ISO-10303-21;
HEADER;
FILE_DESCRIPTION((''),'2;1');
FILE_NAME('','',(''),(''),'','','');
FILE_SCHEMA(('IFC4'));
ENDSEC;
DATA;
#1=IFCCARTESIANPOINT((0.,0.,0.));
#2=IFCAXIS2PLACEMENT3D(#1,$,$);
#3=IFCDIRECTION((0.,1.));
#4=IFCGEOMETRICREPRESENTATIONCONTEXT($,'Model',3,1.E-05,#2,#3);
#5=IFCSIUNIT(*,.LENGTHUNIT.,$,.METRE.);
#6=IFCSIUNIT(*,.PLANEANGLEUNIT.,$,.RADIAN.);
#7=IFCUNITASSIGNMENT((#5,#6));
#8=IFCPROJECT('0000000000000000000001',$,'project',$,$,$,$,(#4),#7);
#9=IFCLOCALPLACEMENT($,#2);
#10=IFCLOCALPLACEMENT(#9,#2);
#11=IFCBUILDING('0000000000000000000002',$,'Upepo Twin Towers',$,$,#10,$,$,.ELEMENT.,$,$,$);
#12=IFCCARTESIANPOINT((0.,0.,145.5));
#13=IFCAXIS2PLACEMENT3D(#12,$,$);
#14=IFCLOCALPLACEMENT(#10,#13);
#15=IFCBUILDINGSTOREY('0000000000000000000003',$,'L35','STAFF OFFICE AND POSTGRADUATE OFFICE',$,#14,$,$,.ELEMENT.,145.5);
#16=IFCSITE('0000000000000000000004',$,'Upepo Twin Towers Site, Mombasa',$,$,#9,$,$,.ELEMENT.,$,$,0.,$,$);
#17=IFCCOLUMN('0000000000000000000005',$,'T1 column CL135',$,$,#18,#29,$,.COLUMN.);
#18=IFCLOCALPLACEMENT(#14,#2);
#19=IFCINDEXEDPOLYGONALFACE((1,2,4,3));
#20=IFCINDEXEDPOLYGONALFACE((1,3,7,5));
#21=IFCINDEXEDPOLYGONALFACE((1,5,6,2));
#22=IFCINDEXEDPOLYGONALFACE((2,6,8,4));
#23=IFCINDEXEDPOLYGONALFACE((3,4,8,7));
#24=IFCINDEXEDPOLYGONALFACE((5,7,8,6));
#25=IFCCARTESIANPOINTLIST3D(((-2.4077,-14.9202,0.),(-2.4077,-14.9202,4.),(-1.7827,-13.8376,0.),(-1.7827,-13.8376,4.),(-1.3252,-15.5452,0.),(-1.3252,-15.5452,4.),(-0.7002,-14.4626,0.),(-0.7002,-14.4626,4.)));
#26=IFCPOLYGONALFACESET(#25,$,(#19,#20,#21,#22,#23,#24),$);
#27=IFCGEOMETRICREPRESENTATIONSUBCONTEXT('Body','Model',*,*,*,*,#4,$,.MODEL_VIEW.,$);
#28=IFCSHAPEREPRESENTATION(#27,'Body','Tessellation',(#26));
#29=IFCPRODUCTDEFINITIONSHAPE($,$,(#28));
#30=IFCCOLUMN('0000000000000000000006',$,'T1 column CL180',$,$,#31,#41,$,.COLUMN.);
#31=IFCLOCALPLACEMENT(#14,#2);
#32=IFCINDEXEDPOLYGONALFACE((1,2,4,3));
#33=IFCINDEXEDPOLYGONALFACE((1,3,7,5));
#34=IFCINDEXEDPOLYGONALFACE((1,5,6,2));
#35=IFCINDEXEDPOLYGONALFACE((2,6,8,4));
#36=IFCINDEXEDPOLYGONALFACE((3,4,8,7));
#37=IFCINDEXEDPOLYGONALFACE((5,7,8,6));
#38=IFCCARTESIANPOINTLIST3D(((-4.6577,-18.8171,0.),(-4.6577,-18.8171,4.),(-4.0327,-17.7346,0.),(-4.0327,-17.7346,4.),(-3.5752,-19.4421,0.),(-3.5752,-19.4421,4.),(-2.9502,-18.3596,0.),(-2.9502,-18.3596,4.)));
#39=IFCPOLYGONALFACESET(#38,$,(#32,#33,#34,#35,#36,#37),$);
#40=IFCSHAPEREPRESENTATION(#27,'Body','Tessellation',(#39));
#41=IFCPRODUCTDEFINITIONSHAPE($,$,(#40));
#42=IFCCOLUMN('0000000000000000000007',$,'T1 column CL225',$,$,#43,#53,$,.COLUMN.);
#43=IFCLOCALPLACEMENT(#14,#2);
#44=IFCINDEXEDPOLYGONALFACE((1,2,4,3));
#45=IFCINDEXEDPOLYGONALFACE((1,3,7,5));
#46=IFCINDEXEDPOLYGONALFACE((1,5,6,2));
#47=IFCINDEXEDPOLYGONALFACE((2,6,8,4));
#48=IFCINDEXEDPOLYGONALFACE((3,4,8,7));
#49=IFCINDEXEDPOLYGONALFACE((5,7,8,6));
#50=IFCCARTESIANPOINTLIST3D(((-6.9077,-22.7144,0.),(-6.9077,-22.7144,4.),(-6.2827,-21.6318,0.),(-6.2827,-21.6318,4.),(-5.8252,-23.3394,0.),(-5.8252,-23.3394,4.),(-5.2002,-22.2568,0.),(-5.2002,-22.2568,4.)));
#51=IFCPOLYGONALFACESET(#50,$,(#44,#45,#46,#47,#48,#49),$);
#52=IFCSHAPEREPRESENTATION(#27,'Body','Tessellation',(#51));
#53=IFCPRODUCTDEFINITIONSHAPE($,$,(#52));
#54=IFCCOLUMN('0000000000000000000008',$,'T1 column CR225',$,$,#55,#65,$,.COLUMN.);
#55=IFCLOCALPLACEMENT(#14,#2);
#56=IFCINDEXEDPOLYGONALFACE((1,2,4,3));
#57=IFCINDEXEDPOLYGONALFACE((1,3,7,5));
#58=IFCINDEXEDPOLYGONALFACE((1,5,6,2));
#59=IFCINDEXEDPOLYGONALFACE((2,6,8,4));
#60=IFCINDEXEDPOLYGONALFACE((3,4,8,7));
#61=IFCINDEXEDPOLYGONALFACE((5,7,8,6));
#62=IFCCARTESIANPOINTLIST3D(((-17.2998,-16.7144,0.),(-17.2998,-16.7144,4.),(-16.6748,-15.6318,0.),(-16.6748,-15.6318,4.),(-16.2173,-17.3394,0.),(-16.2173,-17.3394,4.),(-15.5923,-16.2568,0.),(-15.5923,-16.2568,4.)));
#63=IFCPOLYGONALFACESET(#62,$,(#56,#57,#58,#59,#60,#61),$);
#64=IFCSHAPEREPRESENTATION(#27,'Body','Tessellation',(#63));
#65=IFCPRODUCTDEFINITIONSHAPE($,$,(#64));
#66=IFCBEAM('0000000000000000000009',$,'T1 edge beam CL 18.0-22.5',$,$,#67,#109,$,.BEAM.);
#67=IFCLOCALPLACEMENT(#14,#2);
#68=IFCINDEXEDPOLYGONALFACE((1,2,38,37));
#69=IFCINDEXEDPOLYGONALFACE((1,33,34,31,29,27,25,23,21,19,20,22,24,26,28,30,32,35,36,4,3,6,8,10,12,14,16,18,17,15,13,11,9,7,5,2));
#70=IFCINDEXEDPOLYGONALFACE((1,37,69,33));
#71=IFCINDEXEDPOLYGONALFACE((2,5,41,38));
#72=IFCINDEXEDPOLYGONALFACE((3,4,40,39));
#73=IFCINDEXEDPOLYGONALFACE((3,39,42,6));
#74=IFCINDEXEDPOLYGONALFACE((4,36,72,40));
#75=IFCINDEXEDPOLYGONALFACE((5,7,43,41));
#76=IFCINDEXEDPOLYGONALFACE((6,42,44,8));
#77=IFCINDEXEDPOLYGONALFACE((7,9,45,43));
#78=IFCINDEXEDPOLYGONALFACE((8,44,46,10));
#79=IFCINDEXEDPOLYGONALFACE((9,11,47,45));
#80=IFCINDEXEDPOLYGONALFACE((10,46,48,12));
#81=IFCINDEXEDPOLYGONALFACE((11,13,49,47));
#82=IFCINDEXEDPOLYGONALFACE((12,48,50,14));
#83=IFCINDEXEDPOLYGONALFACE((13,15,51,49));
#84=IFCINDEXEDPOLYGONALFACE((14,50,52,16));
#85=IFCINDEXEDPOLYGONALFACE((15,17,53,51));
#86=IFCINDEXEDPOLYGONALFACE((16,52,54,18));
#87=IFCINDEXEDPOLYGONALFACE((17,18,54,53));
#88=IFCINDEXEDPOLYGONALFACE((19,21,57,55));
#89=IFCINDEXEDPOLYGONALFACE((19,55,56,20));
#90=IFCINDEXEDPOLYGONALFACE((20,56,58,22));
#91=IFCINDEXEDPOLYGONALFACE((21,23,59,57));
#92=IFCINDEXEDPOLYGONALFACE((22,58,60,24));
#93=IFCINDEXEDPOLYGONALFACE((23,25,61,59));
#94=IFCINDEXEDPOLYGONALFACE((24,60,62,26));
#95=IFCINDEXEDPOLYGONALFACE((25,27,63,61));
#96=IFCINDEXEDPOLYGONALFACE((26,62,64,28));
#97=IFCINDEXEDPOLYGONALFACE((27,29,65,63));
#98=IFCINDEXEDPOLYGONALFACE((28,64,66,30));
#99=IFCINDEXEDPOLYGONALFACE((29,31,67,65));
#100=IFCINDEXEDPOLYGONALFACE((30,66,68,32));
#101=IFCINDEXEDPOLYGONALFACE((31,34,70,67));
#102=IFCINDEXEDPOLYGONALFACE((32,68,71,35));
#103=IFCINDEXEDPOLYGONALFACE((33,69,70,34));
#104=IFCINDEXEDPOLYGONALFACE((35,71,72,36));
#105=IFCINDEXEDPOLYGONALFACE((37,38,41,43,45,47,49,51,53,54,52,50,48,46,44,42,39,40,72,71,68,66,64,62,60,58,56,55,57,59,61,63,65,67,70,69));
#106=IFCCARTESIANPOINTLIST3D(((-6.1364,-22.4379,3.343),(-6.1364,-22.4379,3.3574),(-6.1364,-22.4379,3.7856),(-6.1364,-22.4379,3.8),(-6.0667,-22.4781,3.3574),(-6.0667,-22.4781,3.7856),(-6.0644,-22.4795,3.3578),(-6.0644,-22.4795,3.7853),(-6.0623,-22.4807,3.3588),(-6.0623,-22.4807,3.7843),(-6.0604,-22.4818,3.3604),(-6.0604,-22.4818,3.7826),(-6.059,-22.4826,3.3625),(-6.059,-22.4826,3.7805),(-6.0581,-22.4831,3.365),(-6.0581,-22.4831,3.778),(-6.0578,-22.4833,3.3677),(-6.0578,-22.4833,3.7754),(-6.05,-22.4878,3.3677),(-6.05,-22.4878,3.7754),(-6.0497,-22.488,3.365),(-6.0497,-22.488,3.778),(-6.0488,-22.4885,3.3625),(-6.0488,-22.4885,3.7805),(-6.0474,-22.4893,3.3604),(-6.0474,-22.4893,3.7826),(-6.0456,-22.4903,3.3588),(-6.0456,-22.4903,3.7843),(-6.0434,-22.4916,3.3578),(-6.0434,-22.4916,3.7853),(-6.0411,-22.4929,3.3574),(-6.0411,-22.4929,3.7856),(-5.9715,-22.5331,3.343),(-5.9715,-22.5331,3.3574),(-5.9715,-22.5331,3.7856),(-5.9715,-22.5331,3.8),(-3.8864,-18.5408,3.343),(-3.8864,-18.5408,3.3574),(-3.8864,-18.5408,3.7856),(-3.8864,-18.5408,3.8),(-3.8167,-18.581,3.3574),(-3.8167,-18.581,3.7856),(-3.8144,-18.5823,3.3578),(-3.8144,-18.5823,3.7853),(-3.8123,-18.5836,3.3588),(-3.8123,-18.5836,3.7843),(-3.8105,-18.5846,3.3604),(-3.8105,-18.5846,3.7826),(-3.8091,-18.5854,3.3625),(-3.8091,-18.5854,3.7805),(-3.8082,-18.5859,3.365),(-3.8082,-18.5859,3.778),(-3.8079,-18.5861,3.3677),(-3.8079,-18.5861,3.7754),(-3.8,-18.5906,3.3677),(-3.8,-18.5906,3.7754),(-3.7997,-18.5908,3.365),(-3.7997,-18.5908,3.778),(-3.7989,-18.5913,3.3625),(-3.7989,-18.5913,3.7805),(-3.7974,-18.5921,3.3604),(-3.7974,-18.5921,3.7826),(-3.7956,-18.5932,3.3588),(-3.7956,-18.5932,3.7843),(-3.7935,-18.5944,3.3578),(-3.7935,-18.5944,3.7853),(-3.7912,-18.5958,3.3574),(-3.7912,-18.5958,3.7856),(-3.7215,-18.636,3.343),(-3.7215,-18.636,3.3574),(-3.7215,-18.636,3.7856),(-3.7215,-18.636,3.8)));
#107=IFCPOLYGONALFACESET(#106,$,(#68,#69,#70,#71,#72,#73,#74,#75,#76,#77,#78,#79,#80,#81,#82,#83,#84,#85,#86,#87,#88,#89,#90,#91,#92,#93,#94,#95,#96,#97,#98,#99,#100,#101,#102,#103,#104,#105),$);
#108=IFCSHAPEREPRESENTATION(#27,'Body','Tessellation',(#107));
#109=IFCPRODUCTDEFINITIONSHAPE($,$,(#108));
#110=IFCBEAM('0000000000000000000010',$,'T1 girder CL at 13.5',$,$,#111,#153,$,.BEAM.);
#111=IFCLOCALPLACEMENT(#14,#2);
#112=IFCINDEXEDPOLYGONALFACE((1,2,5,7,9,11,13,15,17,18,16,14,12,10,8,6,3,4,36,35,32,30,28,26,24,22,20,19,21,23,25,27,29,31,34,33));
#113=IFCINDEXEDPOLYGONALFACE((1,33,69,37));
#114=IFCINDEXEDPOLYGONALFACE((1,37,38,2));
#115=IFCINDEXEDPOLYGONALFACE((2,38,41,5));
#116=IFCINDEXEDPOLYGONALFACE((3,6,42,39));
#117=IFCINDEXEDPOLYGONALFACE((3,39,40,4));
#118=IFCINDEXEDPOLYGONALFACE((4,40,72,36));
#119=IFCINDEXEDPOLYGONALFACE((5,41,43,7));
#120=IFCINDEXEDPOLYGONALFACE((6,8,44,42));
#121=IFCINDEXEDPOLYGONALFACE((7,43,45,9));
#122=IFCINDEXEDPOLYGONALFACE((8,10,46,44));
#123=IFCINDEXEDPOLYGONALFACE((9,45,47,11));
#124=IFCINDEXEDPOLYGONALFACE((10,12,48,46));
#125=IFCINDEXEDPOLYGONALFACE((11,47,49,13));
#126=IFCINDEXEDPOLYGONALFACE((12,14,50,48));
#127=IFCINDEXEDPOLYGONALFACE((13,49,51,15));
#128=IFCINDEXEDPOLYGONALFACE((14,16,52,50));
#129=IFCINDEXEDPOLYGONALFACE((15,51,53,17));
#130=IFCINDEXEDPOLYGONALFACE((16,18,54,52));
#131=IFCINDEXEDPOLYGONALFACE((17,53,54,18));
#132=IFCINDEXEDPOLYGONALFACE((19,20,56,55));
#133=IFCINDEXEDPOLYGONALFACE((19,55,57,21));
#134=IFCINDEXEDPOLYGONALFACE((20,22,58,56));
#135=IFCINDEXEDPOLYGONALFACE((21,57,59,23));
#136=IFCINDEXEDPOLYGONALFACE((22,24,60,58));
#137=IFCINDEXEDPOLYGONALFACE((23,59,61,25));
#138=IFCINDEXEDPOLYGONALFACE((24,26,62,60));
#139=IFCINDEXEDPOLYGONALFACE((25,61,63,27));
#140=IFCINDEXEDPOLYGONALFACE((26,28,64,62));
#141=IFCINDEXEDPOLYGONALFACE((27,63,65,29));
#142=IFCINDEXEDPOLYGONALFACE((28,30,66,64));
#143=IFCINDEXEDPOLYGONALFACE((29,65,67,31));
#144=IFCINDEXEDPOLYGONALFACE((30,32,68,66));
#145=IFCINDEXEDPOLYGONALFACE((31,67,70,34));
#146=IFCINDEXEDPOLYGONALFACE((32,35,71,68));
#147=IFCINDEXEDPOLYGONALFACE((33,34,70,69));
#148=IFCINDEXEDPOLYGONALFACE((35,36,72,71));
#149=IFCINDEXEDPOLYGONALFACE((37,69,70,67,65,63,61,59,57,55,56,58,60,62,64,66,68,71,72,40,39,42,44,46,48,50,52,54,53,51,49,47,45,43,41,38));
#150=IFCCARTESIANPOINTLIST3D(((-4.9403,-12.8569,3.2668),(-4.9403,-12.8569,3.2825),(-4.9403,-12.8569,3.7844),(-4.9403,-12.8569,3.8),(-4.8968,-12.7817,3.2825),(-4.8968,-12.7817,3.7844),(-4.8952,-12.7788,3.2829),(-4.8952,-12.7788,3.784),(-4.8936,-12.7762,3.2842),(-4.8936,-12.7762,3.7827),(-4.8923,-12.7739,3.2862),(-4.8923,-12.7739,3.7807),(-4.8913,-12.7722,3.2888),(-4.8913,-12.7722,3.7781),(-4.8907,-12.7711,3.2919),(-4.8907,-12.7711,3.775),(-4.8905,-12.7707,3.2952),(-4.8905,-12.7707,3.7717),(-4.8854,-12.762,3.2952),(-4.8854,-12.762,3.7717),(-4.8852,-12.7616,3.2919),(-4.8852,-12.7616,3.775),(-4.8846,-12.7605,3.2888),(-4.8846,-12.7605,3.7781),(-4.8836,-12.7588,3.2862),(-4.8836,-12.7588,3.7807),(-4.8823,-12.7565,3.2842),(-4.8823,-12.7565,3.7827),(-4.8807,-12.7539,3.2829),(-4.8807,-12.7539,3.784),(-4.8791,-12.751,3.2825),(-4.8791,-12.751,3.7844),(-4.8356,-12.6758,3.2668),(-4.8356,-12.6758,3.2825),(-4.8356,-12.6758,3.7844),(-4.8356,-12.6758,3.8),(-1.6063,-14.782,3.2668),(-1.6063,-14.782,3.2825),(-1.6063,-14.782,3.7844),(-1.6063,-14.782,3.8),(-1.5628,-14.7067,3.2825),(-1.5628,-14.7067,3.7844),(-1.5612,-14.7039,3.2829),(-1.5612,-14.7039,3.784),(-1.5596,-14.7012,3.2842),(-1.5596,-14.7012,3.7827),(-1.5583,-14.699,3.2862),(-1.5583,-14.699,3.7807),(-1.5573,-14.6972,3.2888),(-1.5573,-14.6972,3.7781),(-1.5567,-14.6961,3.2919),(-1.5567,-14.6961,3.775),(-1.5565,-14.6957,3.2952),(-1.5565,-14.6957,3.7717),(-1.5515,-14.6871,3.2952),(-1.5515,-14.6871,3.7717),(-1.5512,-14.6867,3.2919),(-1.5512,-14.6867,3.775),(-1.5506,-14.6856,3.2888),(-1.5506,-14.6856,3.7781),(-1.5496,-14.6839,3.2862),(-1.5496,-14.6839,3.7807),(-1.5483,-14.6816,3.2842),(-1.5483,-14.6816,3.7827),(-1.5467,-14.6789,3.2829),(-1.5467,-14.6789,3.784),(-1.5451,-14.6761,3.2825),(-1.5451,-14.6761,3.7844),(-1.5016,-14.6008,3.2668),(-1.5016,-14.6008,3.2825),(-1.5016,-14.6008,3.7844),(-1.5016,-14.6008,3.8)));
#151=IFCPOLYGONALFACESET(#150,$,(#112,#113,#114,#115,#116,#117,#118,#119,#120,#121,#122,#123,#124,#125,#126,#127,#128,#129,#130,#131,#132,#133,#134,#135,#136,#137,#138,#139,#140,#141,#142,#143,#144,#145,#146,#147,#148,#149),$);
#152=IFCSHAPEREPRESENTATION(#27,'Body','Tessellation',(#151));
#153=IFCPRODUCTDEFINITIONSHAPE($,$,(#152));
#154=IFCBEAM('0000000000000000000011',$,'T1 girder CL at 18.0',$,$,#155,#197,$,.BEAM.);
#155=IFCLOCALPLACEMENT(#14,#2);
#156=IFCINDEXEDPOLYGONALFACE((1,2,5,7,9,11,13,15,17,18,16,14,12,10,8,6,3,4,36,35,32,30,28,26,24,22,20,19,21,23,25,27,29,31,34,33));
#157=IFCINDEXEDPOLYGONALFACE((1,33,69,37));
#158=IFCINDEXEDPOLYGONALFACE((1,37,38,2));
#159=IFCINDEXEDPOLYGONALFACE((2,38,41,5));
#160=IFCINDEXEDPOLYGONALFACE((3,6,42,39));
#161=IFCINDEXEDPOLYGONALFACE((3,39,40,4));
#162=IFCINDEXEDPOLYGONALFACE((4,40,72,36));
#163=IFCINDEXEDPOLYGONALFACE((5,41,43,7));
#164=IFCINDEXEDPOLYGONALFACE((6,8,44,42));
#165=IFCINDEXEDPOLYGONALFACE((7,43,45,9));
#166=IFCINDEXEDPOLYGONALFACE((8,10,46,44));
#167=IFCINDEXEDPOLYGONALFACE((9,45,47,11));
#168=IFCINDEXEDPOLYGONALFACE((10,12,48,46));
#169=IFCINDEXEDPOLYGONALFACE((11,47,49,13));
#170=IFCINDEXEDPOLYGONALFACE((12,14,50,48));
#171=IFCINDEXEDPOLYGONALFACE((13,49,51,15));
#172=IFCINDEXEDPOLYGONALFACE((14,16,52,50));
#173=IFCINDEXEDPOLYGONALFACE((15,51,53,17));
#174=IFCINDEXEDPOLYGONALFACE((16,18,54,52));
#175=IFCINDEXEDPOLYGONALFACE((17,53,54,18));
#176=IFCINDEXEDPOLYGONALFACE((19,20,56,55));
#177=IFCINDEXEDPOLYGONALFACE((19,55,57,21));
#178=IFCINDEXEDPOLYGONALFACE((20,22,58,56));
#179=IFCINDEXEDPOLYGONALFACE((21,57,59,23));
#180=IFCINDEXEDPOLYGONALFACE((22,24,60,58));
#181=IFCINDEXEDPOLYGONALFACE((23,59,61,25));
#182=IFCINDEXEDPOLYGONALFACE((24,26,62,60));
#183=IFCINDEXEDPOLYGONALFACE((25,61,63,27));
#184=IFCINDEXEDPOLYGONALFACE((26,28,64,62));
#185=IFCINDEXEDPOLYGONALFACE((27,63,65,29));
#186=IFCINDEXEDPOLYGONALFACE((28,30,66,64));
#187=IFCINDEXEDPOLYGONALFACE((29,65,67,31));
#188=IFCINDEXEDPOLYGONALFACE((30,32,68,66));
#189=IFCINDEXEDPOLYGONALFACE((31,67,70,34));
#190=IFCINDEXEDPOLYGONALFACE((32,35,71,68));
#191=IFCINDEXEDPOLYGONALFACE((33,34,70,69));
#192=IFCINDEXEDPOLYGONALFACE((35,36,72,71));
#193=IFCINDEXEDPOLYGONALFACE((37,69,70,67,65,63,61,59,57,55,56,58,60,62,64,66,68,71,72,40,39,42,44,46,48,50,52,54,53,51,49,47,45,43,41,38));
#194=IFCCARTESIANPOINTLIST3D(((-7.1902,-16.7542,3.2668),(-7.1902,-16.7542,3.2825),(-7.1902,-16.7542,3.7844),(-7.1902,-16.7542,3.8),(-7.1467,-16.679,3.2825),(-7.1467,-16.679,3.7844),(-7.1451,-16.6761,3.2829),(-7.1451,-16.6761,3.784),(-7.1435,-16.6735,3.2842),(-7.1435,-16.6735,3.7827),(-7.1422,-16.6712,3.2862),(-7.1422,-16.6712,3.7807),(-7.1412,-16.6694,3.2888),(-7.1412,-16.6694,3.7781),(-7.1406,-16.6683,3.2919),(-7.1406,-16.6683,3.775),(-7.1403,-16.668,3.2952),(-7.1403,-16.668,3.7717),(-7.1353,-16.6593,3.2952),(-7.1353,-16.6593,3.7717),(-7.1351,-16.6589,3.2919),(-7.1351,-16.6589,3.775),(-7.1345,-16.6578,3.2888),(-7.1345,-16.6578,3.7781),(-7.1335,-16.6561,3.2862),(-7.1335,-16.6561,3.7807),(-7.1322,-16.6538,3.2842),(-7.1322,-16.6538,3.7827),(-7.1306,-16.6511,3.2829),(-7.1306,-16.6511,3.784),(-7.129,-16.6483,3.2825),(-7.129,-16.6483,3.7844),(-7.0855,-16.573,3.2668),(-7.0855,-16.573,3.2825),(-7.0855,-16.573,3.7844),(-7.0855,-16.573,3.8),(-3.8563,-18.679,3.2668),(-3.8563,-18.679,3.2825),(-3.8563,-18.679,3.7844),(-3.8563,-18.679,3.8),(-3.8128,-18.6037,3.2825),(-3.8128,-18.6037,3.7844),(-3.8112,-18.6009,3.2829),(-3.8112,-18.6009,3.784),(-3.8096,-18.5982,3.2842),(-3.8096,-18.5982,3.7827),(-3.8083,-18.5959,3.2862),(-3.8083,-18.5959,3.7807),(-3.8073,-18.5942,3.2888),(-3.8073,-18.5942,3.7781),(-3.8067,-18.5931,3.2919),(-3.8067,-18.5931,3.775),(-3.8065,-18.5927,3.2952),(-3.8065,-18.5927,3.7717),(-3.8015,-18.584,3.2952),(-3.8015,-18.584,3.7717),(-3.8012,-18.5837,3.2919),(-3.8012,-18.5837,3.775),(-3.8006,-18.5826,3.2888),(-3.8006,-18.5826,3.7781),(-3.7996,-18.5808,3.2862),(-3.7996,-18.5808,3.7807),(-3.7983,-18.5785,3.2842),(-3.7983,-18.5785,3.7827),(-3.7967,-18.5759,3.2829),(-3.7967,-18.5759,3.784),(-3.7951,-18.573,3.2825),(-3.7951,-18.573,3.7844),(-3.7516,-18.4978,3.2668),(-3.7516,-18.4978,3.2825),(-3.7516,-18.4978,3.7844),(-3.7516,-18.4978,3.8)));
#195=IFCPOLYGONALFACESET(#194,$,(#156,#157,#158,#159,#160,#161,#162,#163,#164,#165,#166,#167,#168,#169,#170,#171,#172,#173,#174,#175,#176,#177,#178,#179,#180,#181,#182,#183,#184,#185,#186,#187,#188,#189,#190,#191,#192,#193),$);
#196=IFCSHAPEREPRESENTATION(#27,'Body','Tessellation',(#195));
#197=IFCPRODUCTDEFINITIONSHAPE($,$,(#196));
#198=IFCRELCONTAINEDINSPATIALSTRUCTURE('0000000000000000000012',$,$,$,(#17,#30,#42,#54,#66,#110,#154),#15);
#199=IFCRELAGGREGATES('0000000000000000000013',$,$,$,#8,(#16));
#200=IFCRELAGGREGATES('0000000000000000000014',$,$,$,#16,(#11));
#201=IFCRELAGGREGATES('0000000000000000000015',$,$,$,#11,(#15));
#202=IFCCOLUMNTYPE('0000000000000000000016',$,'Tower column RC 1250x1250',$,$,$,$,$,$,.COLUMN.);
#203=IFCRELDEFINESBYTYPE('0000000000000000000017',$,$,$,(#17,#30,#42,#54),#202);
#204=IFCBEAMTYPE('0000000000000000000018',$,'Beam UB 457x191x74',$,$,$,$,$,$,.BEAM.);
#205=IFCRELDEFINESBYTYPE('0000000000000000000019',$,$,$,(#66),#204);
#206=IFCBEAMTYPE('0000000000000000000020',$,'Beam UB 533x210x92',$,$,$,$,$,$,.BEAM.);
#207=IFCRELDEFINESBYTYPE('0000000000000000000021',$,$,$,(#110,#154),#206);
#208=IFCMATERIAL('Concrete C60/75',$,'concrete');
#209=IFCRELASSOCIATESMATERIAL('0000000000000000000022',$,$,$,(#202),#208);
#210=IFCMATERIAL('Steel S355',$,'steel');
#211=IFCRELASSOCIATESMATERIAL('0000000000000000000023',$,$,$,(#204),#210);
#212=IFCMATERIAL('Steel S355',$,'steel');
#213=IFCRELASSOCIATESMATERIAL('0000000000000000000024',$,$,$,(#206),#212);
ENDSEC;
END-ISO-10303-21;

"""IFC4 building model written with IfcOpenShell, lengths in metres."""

from ifc_helpers import new_model, si_unit, direction, frame, origin, origin_2d, place, context, subcontext, project, spatial, rectangle, i_section, extrude, material, material_profile, profile_set, type_object, element, save


model = new_model("IFC4")

# Units and contexts
model_context = context("Model", 3, precision=1e-05, world=origin(), true_north=direction((0.0, 1.0)))
body_context = subcontext(model_context, "Body", "Model", "MODEL_VIEW")
ifc_project = project(units=[si_unit("LENGTHUNIT", "METRE"), si_unit("PLANEANGLEUNIT", "RADIAN")], contexts=[model_context])

# Site, building, storey
site_placement = place(None, origin())
site = spatial("IfcSite", under=ifc_project, at=site_placement, Name="Upepo Twin Towers Site, Mombasa", CompositionType="ELEMENT", RefElevation=0.0)
building_placement = place(site_placement, origin())
building = spatial("IfcBuilding", under=site, at=building_placement, Name="Upepo Twin Towers", CompositionType="ELEMENT")
storey_placement = place(building_placement, frame((0.0, 0.0, 145.5)))
storey = spatial("IfcBuildingStorey", under=building, at=storey_placement, Name="L35", Description="STAFF OFFICE AND POSTGRADUATE OFFICE", CompositionType="ELEMENT", Elevation=145.5)

# Columns
ifc_material_1 = material(Name="Concrete C60/75", Category="concrete")
ifc_material_profile_1 = material_profile(ifc_material_1, rectangle(XDim=1.25, YDim=1.25, at=origin_2d()), Name="RC 1250x1250")
ifc_profile_set_1 = profile_set([ifc_material_profile_1], Name="Concrete C60/75")
column_type = type_object("IfcColumnType", Name="Tower column RC 1250x1250", PredefinedType="COLUMN", material=ifc_profile_set_1)
for number, where, z_axis, x_axis, name in (
    (1, (-1.554, -14.6914, 0.0), (0.0, 0.0, 1.0), (0.5, 0.866025, 0.0), "T1 column CL135"),
    (2, (-3.804, -18.5884, 0.0), (0.0, 0.0, 1.0), (0.5, 0.866025, 0.0), "T1 column CL180"),
    (3, (-6.054, -22.4856, 0.0), (0.0, 0.0, 1.0), (0.5, 0.866025, 0.0), "T1 column CL225"),
    (4, (-16.446, -16.4856, 0.0), (0.0, 0.0, 1.0), (0.5, 0.866025, 0.0), "T1 column CR225"),
):
    element("IfcColumn", number, at=place(storey_placement, frame(where, z_axis=z_axis, x_axis=x_axis)), inside=storey, type_object=column_type, Name=name, PredefinedType="COLUMN", context=body_context, shape_type="SweptSolid", body=[
        extrude(rectangle(XDim=1.25, YDim=1.25, at=origin_2d()), origin(), (0.0, 0.0, 1.0), 4.0),
    ])

# Beams
ifc_material_2 = material(Name="Steel S355", Category="steel")
ifc_material_profile_2 = material_profile(ifc_material_2, i_section(OverallWidth=0.1904, OverallDepth=0.457, WebThickness=0.009, FlangeThickness=0.0144, FilletRadius=0.0103, at=origin_2d()), Name="UB 457x191x74")
ifc_profile_set_2 = profile_set([ifc_material_profile_2], Name="Steel S355")
beam_type_1 = type_object("IfcBeamType", Name="Beam UB 457x191x74", PredefinedType="BEAM", material=ifc_profile_set_2)
beam_1_placement = place(storey_placement, frame((-3.804, -18.5884, 3.5715), z_axis=(-0.49999, -0.866031, 0.0), x_axis=(0.866031, -0.49999, 0.0)))
element("IfcBeam", 5, at=beam_1_placement, inside=storey, type_object=beam_type_1, Name="T1 edge beam CL 18.0-22.5", PredefinedType="BEAM", context=body_context, shape_type="SweptSolid", body=[
    extrude(i_section(OverallWidth=0.1904, OverallDepth=0.457, WebThickness=0.009, FlangeThickness=0.0144, FilletRadius=0.0103, at=origin_2d()), origin(), (0.0, 0.0, 1.0), 4.5),
])
ifc_material_3 = material(Name="Steel S355", Category="steel")
ifc_material_profile_3 = material_profile(ifc_material_3, i_section(OverallWidth=0.2092, OverallDepth=0.5332, WebThickness=0.01, FlangeThickness=0.0156, FilletRadius=0.0127, at=origin_2d()), Name="UB 533x210x92")
ifc_profile_set_3 = profile_set([ifc_material_profile_3], Name="Steel S355")
beam_type_2 = type_object("IfcBeamType", Name="Beam UB 533x210x92", PredefinedType="BEAM", material=ifc_profile_set_3)
beam_2_placement = place(storey_placement, frame((-1.554, -14.6914, 3.5334), z_axis=(-0.866006, 0.500034, 0.0), x_axis=(-0.500034, -0.866006, 0.0)))
element("IfcBeam", 6, at=beam_2_placement, inside=storey, type_object=beam_type_2, Name="T1 girder CL at 13.5", PredefinedType="BEAM", context=body_context, shape_type="SweptSolid", body=[
    extrude(i_section(OverallWidth=0.2092, OverallDepth=0.5332, WebThickness=0.01, FlangeThickness=0.0156, FilletRadius=0.0127, at=origin_2d()), origin(), (0.0, 0.0, 1.0), 3.8499),
])
beam_3_placement = place(storey_placement, frame((-3.804, -18.5884, 3.5334), z_axis=(-0.866034, 0.499986, 0.0), x_axis=(-0.499986, -0.866034, 0.0)))
element("IfcBeam", 7, at=beam_3_placement, inside=storey, type_object=beam_type_2, Name="T1 girder CL at 18.0", PredefinedType="BEAM", context=body_context, shape_type="SweptSolid", body=[
    extrude(i_section(OverallWidth=0.2092, OverallDepth=0.5332, WebThickness=0.01, FlangeThickness=0.0156, FilletRadius=0.0127, at=origin_2d()), origin(), (0.0, 0.0, 1.0), 3.8496),
])

save(model, "model.ifc")
